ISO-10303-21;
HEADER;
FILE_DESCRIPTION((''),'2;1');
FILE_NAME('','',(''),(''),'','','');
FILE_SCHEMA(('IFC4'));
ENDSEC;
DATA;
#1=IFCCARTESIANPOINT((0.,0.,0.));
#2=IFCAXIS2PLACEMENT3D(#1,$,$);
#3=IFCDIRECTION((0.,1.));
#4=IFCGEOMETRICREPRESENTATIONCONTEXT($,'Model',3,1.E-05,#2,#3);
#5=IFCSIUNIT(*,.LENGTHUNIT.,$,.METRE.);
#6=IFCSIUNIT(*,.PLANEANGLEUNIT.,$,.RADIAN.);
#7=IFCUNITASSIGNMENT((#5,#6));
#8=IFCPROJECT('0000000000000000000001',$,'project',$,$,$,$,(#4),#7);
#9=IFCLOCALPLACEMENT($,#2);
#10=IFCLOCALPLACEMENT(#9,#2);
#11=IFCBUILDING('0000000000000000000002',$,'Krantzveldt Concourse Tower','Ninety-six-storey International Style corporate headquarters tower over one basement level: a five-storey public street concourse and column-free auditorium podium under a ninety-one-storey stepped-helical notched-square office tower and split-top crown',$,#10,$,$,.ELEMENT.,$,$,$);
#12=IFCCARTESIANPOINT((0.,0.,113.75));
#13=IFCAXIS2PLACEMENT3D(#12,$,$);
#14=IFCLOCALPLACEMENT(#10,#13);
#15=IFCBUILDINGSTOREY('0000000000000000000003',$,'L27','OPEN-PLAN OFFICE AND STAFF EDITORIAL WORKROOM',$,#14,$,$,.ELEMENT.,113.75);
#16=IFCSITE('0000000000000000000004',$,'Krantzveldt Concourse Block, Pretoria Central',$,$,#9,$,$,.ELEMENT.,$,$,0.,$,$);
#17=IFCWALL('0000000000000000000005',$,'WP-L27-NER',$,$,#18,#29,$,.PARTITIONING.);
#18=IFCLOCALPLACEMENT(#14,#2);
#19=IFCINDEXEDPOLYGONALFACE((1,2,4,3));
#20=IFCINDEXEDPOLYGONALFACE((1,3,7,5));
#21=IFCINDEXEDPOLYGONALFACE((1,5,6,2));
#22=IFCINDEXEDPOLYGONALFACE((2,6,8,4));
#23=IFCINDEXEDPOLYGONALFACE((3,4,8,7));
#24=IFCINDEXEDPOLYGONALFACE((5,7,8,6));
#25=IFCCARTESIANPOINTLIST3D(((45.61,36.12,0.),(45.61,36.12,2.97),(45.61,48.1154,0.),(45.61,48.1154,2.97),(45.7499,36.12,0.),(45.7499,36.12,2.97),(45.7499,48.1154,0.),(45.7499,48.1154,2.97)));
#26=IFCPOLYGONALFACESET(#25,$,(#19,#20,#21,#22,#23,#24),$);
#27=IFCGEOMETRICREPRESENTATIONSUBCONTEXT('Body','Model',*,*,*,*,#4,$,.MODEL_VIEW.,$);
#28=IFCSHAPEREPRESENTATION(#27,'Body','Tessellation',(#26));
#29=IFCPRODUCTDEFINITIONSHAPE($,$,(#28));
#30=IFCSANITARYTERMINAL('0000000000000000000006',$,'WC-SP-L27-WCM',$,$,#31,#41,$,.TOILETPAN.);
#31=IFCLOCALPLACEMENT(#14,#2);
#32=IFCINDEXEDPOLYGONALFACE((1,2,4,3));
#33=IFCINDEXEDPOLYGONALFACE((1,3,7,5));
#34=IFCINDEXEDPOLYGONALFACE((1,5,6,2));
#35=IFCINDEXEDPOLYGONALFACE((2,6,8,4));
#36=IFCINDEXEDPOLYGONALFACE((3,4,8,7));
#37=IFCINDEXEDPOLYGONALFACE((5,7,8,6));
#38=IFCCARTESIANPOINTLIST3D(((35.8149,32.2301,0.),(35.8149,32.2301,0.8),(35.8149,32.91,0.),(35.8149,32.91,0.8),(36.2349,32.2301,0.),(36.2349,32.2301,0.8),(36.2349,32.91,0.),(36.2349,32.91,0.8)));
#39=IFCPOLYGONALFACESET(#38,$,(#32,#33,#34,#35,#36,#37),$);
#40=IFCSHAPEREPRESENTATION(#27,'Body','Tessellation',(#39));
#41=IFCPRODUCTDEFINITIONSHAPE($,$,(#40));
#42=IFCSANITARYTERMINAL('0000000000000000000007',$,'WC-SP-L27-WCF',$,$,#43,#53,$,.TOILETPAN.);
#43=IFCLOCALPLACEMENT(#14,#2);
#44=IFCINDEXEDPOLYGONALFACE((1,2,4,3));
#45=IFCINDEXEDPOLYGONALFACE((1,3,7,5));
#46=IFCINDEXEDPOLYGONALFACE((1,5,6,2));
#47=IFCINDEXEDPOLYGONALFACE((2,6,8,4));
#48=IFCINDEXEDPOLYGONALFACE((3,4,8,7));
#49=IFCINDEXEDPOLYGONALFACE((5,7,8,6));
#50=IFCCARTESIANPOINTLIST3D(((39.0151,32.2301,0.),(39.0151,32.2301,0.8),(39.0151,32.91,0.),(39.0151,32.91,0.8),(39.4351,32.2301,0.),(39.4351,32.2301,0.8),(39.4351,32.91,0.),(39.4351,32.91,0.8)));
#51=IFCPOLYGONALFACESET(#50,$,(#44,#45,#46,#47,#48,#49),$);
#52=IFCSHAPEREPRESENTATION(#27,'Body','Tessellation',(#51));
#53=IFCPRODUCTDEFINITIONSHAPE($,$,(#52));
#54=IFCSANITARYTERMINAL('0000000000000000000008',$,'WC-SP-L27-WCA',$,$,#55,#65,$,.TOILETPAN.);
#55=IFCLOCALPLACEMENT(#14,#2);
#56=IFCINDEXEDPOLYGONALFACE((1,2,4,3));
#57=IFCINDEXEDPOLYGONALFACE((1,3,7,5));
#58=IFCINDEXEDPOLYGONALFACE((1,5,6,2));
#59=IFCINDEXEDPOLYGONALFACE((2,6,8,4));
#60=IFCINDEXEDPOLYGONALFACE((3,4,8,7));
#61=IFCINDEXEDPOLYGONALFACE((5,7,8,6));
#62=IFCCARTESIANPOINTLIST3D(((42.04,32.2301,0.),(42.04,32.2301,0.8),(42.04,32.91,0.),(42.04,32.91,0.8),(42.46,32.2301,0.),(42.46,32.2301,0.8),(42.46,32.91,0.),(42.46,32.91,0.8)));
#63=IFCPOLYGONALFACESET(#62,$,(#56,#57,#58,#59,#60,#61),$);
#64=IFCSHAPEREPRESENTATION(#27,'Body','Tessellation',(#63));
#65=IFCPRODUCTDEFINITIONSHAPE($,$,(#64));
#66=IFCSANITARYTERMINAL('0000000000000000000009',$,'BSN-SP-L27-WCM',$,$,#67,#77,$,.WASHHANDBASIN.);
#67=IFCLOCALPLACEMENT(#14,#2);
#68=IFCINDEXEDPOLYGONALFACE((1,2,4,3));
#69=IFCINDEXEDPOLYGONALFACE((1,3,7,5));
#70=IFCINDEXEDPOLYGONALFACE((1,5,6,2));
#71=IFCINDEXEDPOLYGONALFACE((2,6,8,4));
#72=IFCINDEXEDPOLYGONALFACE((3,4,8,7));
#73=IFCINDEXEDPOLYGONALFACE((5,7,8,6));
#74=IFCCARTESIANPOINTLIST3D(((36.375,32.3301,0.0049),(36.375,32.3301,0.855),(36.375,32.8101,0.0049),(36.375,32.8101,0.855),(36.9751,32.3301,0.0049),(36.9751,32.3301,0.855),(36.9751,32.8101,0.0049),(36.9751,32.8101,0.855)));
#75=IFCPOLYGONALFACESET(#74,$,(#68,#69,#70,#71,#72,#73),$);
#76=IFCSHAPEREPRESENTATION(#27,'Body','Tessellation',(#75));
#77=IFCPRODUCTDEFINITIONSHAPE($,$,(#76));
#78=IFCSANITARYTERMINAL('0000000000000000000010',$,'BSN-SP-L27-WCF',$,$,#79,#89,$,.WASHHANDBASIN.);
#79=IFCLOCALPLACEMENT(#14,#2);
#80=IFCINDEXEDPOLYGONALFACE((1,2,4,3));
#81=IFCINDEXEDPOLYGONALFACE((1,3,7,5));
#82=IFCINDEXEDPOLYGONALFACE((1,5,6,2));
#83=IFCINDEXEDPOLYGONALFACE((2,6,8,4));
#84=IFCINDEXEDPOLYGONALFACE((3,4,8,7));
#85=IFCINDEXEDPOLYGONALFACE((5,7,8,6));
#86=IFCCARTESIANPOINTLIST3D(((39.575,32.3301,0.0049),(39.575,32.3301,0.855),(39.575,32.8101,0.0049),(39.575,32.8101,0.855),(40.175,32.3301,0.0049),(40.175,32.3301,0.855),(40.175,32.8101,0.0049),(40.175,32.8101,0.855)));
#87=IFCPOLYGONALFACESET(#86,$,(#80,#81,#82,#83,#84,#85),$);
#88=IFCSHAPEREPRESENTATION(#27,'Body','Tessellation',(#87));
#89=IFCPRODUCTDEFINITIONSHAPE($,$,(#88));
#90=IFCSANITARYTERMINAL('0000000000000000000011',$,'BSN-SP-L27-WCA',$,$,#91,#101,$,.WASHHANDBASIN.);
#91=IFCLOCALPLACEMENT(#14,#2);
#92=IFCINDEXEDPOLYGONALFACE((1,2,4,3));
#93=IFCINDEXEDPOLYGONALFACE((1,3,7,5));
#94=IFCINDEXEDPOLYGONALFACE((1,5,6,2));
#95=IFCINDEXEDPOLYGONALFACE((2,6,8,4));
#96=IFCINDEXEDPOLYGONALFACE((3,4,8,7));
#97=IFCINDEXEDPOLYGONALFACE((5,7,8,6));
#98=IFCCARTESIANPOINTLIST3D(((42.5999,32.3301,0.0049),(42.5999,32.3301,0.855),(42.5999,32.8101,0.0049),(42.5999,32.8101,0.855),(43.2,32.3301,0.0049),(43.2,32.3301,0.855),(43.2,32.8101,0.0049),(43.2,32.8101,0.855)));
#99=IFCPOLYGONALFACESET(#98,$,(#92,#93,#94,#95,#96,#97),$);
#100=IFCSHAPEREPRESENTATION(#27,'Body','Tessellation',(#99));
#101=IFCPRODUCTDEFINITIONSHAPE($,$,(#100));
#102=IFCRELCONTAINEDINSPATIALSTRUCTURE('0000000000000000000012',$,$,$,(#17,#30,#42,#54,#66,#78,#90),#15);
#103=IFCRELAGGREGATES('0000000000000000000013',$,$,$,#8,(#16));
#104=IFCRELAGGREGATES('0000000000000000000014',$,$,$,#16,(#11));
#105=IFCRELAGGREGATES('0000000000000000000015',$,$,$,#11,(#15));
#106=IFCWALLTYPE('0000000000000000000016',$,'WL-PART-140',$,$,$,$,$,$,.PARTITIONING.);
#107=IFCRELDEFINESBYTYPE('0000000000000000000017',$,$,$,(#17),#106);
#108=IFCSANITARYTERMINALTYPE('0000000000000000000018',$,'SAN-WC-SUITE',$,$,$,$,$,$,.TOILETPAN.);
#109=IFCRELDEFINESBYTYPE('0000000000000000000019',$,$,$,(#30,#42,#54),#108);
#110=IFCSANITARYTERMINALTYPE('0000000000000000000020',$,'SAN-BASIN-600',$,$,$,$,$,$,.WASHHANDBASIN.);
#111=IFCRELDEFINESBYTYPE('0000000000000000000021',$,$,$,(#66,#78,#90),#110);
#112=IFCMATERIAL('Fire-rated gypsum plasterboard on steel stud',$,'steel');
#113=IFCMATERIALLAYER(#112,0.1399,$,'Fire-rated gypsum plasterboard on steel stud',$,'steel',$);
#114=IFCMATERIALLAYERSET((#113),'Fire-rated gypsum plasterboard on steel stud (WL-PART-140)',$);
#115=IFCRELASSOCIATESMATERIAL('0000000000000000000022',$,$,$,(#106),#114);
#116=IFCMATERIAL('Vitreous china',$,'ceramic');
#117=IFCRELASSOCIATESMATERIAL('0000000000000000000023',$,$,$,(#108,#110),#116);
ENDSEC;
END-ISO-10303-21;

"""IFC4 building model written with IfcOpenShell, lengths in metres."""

from ifc_helpers import new_model, si_unit, direction, frame, frame_2d, origin, origin_2d, place, context, subcontext, project, spatial, rectangle, extrude, source, transform, mapped, material, layer, layer_set, type_object, type_shapes, element, save


model = new_model("IFC4")

# Units and contexts
model_context = context("Model", 3, precision=1e-05, world=origin(), true_north=direction((0.0, 1.0)))
body_context = subcontext(model_context, "Body", "Model", "MODEL_VIEW")
ifc_project = project(units=[si_unit("LENGTHUNIT", "METRE"), si_unit("PLANEANGLEUNIT", "RADIAN")], contexts=[model_context])

# Site, building, storey
site_placement = place(None, origin())
site = spatial("IfcSite", under=ifc_project, at=site_placement, Name="Krantzveldt Concourse Block, Pretoria Central", CompositionType="ELEMENT", RefElevation=0.0)
building_placement = place(site_placement, origin())
building = spatial("IfcBuilding", under=site, at=building_placement, Name="Krantzveldt Concourse Tower", Description="Ninety-six-storey International Style corporate headquarters tower over one basement level: a five-storey public street concourse and column-free auditorium podium under a ninety-one-storey stepped-helical notched-square office tower and split-top crown", CompositionType="ELEMENT")
storey_placement = place(building_placement, frame((0.0, 0.0, 113.75)))
storey = spatial("IfcBuildingStorey", under=building, at=storey_placement, Name="L27", Description="OPEN-PLAN OFFICE AND STAFF EDITORIAL WORKROOM", CompositionType="ELEMENT", Elevation=113.75)

# Wall
ifc_material_1 = material(Name="Fire-rated gypsum plasterboard on steel stud", Category="steel")
ifc_layer_1 = layer(ifc_material_1, 0.1399, Name="Fire-rated gypsum plasterboard on steel stud", Category="steel")
ifc_layer_set_1 = layer_set([ifc_layer_1], Name="Fire-rated gypsum plasterboard on steel stud (WL-PART-140)")
wall_type_1 = type_object("IfcWallType", Name="WL-PART-140", PredefinedType="PARTITIONING", material=ifc_layer_set_1)
wall_1_placement = place(storey_placement, frame((45.6799, 36.1201, 0.0), z_axis=(0.0, 0.0, 1.0), x_axis=(0.0, 1.0, 0.0)))
element("IfcWall", 1, at=wall_1_placement, inside=storey, type_object=wall_type_1, Name="WP-L27-NER", PredefinedType="PARTITIONING", context=body_context, shape_type="SweptSolid", body=[
    extrude(rectangle(XDim=11.9954, YDim=0.1399, at=frame_2d((5.9976, 0.0))), origin(), (0.0, 0.0, 1.0), 2.97),
])

# Sanitary terminals
ifc_material_2 = material(Name="Vitreous china", Category="ceramic")
sanitary_terminal_type_1 = type_object("IfcSanitaryTerminalType", Name="SAN-WC-SUITE", PredefinedType="TOILETPAN", material=ifc_material_2)
shared_shape_1 = source(origin(), body_context, "Body", "SweptSolid", [
    extrude(rectangle(XDim=0.4199, YDim=0.6799, at=origin_2d()), origin(), (0.0, 0.0, 1.0), 0.8),
])
type_shapes(sanitary_terminal_type_1, [shared_shape_1])
for number, where, z_axis, x_axis, name in (
    (2, (36.0249, 32.5701, 0.0), (0.0, 0.0, 1.0), (1.0, 0.0, 0.0), "WC-SP-L27-WCM"),
    (3, (39.2251, 32.5701, 0.0), (0.0, 0.0, 1.0), (1.0, 0.0, 0.0), "WC-SP-L27-WCF"),
    (4, (42.25, 32.5701, 0.0), (0.0, 0.0, 1.0), (1.0, 0.0, 0.0), "WC-SP-L27-WCA"),
):
    element("IfcSanitaryTerminal", number, at=place(storey_placement, frame(where, z_axis=z_axis, x_axis=x_axis)), inside=storey, type_object=sanitary_terminal_type_1, Name=name, PredefinedType="TOILETPAN", context=body_context, shape_type="MappedRepresentation", body=[
        mapped(shared_shape_1, transform((0.0, 0.0, 0.0), x_axis=(1.0, 0.0, 0.0), y_axis=(0.0, 1.0, 0.0), z_axis=(0.0, 0.0, 1.0), scale=1.0)),
    ])
sanitary_terminal_type_2 = type_object("IfcSanitaryTerminalType", Name="SAN-BASIN-600", PredefinedType="WASHHANDBASIN", material=ifc_material_2)
shared_shape_2 = source(origin(), body_context, "Body", "SweptSolid", [
    extrude(rectangle(XDim=0.6001, YDim=0.48, at=origin_2d()), origin(), (0.0, 0.0, 1.0), 0.8501),
])
type_shapes(sanitary_terminal_type_2, [shared_shape_2])
for number, where, z_axis, x_axis, name in (
    (5, (36.675, 32.5701, 0.0049), (0.0, 0.0, 1.0), (1.0, 0.0, 0.0), "BSN-SP-L27-WCM"),
    (6, (39.875, 32.5701, 0.0049), (0.0, 0.0, 1.0), (1.0, 0.0, 0.0), "BSN-SP-L27-WCF"),
    (7, (42.8999, 32.5701, 0.0049), (0.0, 0.0, 1.0), (1.0, 0.0, 0.0), "BSN-SP-L27-WCA"),
):
    element("IfcSanitaryTerminal", number, at=place(storey_placement, frame(where, z_axis=z_axis, x_axis=x_axis)), inside=storey, type_object=sanitary_terminal_type_2, Name=name, PredefinedType="WASHHANDBASIN", context=body_context, shape_type="MappedRepresentation", body=[
        mapped(shared_shape_2, transform((0.0, 0.0, 0.0), x_axis=(1.0, 0.0, 0.0), y_axis=(0.0, 1.0, 0.0), z_axis=(0.0, 0.0, 1.0), scale=1.0)),
    ])

save(model, "model.ifc")
